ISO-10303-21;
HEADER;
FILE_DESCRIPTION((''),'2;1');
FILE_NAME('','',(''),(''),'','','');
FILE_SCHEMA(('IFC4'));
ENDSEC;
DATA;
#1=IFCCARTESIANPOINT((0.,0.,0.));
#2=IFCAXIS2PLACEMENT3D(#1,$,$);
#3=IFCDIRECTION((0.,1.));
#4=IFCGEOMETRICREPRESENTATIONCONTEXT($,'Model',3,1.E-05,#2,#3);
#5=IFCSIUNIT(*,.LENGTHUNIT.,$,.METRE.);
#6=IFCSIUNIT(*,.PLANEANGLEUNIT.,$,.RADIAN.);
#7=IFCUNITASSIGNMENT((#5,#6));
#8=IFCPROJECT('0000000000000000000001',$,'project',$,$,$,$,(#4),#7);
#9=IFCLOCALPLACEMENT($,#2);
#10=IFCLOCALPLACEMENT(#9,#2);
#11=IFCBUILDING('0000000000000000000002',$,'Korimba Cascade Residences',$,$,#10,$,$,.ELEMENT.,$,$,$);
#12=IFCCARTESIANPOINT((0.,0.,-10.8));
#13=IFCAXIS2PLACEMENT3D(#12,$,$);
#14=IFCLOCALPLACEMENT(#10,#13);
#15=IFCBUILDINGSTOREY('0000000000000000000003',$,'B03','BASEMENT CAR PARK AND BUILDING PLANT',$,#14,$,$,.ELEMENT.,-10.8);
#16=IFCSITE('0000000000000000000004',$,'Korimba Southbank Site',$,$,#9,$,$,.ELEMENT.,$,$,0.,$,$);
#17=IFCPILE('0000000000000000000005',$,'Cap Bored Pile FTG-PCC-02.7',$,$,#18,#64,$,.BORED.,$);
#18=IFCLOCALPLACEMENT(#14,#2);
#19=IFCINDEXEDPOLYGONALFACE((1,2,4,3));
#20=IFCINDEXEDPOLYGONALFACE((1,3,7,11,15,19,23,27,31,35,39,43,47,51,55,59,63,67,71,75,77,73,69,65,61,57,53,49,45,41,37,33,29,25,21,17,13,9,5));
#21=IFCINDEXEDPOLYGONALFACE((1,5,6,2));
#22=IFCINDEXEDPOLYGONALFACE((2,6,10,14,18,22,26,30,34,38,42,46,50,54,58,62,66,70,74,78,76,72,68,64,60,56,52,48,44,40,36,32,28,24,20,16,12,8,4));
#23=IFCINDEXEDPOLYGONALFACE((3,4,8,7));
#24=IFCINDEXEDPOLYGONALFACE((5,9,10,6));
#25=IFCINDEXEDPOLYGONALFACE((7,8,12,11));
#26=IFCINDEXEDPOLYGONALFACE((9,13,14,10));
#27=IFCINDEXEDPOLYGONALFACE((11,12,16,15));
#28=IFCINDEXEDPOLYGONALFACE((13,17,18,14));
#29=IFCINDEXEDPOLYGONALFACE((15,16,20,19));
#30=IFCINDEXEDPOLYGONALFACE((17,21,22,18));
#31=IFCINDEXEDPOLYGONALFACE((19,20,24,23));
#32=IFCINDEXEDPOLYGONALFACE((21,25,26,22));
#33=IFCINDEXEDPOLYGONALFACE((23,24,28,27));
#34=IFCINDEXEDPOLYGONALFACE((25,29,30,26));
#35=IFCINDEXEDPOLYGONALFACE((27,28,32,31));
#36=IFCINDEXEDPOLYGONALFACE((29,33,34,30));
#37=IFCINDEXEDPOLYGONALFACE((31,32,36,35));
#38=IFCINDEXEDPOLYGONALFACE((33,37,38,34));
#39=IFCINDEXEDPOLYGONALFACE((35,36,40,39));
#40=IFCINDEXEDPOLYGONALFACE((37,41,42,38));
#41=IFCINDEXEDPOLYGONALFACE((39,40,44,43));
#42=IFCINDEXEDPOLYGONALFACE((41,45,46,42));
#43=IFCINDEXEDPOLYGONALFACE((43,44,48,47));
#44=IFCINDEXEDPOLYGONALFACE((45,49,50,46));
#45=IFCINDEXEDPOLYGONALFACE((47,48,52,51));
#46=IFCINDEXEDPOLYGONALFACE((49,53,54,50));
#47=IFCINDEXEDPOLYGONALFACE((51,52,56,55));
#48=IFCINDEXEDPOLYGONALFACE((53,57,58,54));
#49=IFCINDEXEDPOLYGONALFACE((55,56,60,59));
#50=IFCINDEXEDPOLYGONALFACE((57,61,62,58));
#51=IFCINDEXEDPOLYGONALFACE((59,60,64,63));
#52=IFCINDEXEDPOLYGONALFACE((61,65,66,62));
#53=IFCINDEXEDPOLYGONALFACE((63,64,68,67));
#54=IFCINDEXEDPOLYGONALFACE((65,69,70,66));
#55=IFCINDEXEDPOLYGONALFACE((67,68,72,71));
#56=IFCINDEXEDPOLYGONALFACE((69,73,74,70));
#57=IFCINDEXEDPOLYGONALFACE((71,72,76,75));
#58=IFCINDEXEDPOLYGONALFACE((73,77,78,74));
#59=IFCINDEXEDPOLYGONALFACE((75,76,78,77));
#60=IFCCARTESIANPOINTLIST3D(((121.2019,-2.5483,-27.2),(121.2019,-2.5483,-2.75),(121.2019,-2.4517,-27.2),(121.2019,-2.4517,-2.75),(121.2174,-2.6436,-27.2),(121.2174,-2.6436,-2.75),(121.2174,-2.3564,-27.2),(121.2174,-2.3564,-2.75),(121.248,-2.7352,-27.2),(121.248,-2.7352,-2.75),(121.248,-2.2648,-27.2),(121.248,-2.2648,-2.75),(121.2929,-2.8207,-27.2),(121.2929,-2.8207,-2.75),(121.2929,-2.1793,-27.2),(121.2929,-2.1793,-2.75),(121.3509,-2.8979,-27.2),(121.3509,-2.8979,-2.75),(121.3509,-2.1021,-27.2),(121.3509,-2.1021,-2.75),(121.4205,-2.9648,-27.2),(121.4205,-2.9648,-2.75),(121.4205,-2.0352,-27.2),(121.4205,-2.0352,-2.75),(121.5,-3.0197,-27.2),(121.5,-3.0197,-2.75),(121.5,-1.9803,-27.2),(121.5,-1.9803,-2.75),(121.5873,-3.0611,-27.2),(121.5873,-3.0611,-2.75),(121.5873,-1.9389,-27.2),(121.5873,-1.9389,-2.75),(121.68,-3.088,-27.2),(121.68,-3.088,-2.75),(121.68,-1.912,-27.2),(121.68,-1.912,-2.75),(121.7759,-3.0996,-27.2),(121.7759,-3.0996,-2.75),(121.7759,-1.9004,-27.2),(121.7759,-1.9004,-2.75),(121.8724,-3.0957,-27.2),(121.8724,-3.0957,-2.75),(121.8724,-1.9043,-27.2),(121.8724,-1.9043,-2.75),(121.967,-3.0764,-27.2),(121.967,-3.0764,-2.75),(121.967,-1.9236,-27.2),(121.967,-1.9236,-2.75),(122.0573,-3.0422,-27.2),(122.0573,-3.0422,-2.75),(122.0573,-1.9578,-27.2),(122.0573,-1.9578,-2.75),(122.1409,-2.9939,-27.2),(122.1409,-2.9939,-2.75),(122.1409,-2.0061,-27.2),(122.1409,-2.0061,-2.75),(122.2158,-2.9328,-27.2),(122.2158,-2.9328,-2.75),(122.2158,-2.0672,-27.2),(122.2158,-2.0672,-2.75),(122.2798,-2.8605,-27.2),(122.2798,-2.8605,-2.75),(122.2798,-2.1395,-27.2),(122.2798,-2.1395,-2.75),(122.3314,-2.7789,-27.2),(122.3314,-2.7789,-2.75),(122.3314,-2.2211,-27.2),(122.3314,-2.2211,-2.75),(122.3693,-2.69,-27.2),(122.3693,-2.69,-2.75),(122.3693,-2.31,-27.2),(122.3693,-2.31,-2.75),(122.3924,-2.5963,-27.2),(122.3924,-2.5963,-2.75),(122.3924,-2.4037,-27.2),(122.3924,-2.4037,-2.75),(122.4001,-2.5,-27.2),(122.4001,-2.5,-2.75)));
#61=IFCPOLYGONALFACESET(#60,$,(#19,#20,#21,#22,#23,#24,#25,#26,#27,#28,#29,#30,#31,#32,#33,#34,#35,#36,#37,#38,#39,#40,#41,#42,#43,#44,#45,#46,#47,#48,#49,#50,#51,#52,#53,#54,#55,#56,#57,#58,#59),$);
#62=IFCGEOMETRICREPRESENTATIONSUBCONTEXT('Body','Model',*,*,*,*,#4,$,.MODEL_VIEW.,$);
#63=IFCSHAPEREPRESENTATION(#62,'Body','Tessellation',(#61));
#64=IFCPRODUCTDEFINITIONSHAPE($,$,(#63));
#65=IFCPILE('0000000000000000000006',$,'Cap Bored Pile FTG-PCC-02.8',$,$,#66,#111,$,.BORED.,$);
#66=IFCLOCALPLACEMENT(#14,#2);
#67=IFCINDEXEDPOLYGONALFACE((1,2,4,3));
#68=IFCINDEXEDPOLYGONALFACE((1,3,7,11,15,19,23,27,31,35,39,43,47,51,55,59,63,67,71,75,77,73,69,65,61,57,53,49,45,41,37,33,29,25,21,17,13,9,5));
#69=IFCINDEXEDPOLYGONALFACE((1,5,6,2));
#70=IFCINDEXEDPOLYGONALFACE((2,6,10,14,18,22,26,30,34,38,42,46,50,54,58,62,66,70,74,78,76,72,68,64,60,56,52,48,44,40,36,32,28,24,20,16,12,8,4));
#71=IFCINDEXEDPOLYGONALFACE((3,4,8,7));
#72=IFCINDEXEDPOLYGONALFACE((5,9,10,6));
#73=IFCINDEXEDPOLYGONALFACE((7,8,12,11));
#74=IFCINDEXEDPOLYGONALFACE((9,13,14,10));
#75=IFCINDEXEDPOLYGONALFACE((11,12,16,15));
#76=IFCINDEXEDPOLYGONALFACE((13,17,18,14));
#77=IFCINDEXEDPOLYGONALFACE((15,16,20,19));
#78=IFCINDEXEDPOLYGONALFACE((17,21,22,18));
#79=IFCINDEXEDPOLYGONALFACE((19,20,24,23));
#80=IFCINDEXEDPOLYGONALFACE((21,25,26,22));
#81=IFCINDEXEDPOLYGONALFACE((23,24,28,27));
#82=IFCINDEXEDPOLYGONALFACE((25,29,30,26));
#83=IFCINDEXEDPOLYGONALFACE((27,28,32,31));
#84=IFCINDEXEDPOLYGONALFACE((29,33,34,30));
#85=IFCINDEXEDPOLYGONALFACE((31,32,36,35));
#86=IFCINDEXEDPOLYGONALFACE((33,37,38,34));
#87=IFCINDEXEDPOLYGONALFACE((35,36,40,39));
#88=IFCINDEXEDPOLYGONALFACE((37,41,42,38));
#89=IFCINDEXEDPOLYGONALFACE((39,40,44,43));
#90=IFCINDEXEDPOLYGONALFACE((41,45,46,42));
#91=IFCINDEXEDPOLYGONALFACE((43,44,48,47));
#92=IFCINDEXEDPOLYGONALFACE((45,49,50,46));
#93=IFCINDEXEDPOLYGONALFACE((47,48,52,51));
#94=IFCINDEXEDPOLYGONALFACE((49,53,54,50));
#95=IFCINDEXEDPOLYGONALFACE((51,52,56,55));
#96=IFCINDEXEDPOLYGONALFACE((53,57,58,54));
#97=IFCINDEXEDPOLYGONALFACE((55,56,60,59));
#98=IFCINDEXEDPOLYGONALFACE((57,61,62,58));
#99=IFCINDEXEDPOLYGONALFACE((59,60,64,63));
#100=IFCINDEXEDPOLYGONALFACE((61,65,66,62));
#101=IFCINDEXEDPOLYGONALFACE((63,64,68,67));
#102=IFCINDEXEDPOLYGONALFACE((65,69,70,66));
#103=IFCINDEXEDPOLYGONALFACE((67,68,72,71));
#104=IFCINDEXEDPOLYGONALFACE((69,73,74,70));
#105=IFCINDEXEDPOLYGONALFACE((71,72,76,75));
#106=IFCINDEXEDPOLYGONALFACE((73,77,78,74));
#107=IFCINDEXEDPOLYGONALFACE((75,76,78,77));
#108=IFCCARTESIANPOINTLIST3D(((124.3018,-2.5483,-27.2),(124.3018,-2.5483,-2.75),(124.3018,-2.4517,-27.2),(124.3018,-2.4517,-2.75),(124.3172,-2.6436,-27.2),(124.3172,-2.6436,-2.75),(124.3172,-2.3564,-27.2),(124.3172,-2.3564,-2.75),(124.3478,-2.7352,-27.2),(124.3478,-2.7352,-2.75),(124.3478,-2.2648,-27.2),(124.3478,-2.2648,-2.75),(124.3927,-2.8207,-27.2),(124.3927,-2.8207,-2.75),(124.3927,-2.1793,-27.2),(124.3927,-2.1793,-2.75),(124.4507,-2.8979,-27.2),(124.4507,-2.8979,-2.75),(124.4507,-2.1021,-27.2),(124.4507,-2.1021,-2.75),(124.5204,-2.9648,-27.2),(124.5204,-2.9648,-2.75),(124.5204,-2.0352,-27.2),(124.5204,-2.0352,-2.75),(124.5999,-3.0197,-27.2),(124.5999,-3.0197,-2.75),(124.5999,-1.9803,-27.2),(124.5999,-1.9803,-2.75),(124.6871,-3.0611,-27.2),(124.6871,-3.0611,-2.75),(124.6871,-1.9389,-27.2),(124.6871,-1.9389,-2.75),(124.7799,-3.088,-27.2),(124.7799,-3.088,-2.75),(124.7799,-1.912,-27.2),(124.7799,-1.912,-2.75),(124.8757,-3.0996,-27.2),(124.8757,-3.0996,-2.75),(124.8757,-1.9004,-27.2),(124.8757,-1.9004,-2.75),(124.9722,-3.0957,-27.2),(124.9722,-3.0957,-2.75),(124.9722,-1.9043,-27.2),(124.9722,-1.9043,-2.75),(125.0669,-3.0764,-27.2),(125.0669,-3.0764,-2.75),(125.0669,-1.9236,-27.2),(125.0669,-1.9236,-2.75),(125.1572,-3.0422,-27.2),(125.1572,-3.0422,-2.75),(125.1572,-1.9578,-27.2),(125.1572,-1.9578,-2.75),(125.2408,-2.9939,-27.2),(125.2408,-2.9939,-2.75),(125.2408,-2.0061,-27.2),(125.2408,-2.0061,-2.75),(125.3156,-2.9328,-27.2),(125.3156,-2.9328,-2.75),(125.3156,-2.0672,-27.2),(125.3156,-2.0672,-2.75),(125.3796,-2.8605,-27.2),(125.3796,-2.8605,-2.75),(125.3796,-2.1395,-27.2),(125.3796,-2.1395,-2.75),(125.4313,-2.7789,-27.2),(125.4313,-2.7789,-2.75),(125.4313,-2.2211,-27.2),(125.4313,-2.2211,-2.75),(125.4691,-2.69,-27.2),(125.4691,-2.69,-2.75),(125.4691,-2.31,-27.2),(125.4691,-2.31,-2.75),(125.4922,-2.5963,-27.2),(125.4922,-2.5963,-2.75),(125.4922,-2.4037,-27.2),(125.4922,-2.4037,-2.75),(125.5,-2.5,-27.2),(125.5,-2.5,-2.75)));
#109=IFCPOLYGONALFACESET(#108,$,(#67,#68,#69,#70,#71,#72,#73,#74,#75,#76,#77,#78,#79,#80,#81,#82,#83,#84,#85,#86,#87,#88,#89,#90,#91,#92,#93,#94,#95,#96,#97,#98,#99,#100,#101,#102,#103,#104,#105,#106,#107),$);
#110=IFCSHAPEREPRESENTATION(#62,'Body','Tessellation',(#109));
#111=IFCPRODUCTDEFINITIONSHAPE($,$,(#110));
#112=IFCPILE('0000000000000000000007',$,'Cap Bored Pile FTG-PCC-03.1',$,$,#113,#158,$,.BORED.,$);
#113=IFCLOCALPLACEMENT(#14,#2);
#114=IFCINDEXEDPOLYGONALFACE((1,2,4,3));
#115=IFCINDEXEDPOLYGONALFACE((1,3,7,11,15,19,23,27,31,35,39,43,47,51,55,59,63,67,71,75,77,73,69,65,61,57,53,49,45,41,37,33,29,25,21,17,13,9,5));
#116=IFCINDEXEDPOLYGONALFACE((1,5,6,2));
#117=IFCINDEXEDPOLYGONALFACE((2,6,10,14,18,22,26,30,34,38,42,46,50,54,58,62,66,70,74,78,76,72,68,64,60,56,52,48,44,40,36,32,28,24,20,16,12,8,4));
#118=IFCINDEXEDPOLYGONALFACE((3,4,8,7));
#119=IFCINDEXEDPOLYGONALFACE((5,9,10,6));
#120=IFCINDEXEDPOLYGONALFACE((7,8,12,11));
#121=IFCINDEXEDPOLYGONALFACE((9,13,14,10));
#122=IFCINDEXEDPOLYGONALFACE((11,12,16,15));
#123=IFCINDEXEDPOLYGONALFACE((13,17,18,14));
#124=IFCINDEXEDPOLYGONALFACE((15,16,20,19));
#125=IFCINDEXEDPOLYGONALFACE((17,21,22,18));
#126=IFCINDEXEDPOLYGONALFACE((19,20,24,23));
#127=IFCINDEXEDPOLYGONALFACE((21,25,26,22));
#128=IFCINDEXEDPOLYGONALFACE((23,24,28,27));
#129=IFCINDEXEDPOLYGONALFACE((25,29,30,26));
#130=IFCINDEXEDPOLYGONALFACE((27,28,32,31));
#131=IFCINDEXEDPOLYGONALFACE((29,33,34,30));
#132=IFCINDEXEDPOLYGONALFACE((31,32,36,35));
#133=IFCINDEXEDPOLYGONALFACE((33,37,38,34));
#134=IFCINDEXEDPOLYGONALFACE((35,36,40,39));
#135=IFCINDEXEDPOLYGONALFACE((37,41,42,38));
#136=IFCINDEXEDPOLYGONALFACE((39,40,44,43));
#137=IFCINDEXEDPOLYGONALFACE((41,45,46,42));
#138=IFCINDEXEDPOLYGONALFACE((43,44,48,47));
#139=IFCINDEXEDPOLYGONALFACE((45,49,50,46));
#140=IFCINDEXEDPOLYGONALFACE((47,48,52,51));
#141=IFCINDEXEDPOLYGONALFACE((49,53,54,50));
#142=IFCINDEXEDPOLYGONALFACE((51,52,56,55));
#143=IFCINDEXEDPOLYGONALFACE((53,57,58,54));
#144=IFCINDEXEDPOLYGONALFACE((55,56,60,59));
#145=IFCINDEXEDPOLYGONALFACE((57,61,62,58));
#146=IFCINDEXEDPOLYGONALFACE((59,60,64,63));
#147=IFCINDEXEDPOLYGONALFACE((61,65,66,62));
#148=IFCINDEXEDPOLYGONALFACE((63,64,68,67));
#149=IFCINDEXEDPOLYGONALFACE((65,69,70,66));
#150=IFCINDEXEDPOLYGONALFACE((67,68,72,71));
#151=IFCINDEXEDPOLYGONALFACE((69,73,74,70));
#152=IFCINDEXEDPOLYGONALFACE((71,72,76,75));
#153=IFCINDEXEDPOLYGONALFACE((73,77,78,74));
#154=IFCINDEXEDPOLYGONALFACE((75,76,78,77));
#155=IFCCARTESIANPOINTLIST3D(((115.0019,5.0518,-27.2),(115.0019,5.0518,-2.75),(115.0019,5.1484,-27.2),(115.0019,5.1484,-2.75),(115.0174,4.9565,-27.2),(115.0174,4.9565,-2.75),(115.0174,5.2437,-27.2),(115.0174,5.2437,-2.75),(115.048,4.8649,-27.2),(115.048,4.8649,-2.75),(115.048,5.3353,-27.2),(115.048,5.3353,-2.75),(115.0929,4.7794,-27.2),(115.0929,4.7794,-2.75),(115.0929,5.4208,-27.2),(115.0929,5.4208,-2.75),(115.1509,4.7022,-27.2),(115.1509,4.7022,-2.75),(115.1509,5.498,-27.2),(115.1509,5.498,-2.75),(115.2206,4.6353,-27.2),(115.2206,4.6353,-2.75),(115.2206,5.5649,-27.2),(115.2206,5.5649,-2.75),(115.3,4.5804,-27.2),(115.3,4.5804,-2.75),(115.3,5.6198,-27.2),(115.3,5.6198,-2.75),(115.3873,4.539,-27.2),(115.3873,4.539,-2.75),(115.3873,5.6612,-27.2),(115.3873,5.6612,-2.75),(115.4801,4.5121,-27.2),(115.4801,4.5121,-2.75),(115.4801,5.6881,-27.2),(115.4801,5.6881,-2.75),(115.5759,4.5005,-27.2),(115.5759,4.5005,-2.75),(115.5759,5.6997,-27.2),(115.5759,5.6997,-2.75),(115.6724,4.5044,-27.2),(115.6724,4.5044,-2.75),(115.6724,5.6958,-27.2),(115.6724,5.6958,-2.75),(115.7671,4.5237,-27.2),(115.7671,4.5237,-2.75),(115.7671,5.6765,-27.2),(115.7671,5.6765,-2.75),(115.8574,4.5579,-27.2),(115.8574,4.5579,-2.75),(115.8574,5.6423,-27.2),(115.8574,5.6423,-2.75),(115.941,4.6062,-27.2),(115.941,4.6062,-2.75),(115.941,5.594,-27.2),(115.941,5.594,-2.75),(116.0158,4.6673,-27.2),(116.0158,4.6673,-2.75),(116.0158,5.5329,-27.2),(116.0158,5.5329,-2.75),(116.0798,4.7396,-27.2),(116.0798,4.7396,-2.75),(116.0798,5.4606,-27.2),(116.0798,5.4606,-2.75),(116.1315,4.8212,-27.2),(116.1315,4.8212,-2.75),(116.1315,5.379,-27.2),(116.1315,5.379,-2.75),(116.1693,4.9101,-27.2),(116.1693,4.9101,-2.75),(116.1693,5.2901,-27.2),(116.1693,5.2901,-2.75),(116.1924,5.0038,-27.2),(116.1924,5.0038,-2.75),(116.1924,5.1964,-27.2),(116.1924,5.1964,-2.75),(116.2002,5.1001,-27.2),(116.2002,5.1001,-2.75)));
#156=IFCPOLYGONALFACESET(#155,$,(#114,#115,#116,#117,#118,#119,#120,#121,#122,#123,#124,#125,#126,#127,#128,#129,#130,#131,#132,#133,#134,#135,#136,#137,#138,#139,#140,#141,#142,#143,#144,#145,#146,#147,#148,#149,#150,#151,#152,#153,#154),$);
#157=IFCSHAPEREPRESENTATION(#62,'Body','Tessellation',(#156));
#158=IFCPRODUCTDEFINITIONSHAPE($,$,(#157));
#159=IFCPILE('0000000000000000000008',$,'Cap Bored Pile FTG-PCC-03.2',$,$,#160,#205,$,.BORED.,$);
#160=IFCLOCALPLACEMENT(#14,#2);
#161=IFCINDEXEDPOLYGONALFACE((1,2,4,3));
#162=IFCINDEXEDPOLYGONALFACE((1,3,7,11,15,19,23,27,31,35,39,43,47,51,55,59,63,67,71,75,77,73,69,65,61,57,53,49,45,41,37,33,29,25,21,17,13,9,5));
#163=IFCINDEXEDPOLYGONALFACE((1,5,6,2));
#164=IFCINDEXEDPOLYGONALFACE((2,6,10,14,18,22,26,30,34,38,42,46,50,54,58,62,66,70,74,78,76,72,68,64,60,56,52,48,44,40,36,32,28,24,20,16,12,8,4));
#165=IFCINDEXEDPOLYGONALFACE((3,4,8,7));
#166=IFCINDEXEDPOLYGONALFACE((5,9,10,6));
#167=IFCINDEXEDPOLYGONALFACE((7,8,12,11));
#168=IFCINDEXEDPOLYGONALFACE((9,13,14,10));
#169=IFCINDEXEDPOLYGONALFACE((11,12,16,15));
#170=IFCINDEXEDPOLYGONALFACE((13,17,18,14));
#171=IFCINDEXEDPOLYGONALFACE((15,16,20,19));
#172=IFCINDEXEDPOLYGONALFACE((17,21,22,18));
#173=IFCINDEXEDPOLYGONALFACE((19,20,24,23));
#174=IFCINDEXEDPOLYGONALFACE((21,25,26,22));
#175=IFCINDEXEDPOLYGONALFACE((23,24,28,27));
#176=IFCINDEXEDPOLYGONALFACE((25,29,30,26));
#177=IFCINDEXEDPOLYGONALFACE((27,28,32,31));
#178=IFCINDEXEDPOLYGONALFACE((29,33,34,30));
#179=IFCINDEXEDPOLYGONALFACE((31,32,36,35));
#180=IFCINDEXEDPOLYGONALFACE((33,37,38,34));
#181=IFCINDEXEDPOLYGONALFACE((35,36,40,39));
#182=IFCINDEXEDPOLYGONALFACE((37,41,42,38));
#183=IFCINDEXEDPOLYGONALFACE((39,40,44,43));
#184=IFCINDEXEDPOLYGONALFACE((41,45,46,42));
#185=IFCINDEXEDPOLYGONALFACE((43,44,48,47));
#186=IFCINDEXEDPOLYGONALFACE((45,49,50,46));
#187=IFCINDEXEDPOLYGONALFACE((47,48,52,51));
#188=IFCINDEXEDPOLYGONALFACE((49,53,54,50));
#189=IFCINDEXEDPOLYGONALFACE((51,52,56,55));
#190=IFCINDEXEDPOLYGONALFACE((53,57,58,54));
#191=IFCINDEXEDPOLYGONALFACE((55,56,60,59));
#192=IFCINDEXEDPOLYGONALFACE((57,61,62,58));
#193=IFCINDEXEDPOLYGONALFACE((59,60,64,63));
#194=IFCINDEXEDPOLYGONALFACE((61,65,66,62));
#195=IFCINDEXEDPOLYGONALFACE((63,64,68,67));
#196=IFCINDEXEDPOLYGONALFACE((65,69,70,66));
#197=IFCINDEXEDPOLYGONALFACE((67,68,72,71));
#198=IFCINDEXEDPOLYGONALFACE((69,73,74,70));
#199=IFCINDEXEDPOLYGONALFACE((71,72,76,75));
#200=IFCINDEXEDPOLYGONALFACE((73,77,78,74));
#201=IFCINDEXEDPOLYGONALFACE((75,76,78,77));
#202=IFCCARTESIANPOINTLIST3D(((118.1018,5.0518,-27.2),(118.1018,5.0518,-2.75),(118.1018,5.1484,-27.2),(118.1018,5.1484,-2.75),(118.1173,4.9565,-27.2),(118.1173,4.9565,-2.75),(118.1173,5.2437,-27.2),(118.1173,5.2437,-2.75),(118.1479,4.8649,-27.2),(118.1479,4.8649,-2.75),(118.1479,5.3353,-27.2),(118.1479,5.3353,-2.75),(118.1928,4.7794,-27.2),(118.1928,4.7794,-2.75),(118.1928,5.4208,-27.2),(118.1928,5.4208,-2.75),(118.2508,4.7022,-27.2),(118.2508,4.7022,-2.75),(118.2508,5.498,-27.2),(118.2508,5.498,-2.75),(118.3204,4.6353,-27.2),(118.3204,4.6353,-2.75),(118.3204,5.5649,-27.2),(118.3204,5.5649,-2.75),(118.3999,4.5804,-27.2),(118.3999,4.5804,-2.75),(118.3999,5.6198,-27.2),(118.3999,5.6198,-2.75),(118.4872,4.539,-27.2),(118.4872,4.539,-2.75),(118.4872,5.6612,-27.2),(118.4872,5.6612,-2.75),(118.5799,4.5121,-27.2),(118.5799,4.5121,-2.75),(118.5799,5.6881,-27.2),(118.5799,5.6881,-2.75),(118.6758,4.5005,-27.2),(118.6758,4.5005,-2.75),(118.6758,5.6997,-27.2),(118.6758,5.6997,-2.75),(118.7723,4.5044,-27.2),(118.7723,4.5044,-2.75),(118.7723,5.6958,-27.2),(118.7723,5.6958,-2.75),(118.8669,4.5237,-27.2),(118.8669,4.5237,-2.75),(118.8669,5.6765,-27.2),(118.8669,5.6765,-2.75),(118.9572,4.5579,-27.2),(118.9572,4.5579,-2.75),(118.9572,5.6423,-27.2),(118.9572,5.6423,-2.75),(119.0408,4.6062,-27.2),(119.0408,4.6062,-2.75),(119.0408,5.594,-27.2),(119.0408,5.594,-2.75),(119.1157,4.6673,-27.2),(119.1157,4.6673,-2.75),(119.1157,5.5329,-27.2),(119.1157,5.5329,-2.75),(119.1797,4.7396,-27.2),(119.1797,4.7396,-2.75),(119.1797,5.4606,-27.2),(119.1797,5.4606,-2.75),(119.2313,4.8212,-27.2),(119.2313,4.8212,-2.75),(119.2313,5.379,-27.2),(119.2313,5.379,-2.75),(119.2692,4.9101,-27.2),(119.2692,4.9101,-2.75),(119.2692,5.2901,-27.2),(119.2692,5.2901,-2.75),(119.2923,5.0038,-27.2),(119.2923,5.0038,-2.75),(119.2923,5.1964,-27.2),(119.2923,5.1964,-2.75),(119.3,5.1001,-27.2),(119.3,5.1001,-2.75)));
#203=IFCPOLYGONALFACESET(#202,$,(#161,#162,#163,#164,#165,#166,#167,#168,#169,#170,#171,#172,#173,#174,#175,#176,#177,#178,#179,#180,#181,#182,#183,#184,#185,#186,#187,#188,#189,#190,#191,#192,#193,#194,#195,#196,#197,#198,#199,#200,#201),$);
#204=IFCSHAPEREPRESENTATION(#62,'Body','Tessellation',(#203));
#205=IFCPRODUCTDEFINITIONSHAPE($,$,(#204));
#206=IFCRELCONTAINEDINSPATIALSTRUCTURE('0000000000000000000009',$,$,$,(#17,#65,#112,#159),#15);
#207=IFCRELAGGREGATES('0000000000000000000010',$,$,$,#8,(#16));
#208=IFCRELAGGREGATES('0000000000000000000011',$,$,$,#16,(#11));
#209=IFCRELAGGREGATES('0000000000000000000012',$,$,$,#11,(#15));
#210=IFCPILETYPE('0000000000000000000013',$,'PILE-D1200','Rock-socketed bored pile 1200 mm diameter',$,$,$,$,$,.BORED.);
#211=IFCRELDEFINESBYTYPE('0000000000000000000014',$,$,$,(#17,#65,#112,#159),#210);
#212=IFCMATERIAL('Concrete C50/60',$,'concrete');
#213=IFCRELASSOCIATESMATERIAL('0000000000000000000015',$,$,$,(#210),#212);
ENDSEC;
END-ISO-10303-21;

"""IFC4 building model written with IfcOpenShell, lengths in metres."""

from ifc_helpers import new_model, si_unit, direction, frame, origin, origin_2d, place, context, subcontext, project, spatial, circle, extrude, material, material_profile, profile_set, type_object, element, save


model = new_model("IFC4")

# Units and contexts
model_context = context("Model", 3, precision=1e-05, world=origin(), true_north=direction((0.0, 1.0)))
body_context = subcontext(model_context, "Body", "Model", "MODEL_VIEW")
ifc_project = project(units=[si_unit("LENGTHUNIT", "METRE"), si_unit("PLANEANGLEUNIT", "RADIAN")], contexts=[model_context])

# Site, building, storey
site_placement = place(None, origin())
site = spatial("IfcSite", under=ifc_project, at=site_placement, Name="Korimba Southbank Site", CompositionType="ELEMENT", RefElevation=0.0)
building_placement = place(site_placement, origin())
building = spatial("IfcBuilding", under=site, at=building_placement, Name="Korimba Cascade Residences", CompositionType="ELEMENT")
storey_placement = place(building_placement, frame((0.0, 0.0, -10.8)))
storey = spatial("IfcBuildingStorey", under=building, at=storey_placement, Name="B03", Description="BASEMENT CAR PARK AND BUILDING PLANT", CompositionType="ELEMENT", Elevation=-10.8)

# Piles
ifc_material_1 = material(Name="Concrete C50/60", Category="concrete")
ifc_material_profile_1 = material_profile(ifc_material_1, circle(Radius=0.6001, at=origin_2d()), Name="Concrete C50/60")
ifc_profile_set_1 = profile_set([ifc_material_profile_1], Name="Concrete C50/60")
pile_type = type_object("IfcPileType", Name="PILE-D1200", Description="Rock-socketed bored pile 1200 mm diameter", PredefinedType="BORED", material=ifc_profile_set_1)
for number, where, z_axis, x_axis, name in (
    (1, (121.8, -2.5, -2.75), (0.0, 0.0, -1.0), (1.0, 0.0, 0.0), "Cap Bored Pile FTG-PCC-02.7"),
    (2, (124.8999, -2.5, -2.75), (0.0, 0.0, -1.0), (1.0, 0.0, 0.0), "Cap Bored Pile FTG-PCC-02.8"),
    (3, (115.6001, 5.1001, -2.75), (0.0, 0.0, -1.0), (1.0, 0.0, 0.0), "Cap Bored Pile FTG-PCC-03.1"),
    (4, (118.7, 5.1001, -2.75), (0.0, 0.0, -1.0), (1.0, 0.0, 0.0), "Cap Bored Pile FTG-PCC-03.2"),
):
    element("IfcPile", number, at=place(storey_placement, frame(where, z_axis=z_axis, x_axis=x_axis)), inside=storey, type_object=pile_type, Name=name, PredefinedType="BORED", context=body_context, shape_type="SweptSolid", body=[
        extrude(circle(Radius=0.6001, at=origin_2d()), origin(), (0.0, 0.0, 1.0), 24.45),
    ])

save(model, "model.ifc")
